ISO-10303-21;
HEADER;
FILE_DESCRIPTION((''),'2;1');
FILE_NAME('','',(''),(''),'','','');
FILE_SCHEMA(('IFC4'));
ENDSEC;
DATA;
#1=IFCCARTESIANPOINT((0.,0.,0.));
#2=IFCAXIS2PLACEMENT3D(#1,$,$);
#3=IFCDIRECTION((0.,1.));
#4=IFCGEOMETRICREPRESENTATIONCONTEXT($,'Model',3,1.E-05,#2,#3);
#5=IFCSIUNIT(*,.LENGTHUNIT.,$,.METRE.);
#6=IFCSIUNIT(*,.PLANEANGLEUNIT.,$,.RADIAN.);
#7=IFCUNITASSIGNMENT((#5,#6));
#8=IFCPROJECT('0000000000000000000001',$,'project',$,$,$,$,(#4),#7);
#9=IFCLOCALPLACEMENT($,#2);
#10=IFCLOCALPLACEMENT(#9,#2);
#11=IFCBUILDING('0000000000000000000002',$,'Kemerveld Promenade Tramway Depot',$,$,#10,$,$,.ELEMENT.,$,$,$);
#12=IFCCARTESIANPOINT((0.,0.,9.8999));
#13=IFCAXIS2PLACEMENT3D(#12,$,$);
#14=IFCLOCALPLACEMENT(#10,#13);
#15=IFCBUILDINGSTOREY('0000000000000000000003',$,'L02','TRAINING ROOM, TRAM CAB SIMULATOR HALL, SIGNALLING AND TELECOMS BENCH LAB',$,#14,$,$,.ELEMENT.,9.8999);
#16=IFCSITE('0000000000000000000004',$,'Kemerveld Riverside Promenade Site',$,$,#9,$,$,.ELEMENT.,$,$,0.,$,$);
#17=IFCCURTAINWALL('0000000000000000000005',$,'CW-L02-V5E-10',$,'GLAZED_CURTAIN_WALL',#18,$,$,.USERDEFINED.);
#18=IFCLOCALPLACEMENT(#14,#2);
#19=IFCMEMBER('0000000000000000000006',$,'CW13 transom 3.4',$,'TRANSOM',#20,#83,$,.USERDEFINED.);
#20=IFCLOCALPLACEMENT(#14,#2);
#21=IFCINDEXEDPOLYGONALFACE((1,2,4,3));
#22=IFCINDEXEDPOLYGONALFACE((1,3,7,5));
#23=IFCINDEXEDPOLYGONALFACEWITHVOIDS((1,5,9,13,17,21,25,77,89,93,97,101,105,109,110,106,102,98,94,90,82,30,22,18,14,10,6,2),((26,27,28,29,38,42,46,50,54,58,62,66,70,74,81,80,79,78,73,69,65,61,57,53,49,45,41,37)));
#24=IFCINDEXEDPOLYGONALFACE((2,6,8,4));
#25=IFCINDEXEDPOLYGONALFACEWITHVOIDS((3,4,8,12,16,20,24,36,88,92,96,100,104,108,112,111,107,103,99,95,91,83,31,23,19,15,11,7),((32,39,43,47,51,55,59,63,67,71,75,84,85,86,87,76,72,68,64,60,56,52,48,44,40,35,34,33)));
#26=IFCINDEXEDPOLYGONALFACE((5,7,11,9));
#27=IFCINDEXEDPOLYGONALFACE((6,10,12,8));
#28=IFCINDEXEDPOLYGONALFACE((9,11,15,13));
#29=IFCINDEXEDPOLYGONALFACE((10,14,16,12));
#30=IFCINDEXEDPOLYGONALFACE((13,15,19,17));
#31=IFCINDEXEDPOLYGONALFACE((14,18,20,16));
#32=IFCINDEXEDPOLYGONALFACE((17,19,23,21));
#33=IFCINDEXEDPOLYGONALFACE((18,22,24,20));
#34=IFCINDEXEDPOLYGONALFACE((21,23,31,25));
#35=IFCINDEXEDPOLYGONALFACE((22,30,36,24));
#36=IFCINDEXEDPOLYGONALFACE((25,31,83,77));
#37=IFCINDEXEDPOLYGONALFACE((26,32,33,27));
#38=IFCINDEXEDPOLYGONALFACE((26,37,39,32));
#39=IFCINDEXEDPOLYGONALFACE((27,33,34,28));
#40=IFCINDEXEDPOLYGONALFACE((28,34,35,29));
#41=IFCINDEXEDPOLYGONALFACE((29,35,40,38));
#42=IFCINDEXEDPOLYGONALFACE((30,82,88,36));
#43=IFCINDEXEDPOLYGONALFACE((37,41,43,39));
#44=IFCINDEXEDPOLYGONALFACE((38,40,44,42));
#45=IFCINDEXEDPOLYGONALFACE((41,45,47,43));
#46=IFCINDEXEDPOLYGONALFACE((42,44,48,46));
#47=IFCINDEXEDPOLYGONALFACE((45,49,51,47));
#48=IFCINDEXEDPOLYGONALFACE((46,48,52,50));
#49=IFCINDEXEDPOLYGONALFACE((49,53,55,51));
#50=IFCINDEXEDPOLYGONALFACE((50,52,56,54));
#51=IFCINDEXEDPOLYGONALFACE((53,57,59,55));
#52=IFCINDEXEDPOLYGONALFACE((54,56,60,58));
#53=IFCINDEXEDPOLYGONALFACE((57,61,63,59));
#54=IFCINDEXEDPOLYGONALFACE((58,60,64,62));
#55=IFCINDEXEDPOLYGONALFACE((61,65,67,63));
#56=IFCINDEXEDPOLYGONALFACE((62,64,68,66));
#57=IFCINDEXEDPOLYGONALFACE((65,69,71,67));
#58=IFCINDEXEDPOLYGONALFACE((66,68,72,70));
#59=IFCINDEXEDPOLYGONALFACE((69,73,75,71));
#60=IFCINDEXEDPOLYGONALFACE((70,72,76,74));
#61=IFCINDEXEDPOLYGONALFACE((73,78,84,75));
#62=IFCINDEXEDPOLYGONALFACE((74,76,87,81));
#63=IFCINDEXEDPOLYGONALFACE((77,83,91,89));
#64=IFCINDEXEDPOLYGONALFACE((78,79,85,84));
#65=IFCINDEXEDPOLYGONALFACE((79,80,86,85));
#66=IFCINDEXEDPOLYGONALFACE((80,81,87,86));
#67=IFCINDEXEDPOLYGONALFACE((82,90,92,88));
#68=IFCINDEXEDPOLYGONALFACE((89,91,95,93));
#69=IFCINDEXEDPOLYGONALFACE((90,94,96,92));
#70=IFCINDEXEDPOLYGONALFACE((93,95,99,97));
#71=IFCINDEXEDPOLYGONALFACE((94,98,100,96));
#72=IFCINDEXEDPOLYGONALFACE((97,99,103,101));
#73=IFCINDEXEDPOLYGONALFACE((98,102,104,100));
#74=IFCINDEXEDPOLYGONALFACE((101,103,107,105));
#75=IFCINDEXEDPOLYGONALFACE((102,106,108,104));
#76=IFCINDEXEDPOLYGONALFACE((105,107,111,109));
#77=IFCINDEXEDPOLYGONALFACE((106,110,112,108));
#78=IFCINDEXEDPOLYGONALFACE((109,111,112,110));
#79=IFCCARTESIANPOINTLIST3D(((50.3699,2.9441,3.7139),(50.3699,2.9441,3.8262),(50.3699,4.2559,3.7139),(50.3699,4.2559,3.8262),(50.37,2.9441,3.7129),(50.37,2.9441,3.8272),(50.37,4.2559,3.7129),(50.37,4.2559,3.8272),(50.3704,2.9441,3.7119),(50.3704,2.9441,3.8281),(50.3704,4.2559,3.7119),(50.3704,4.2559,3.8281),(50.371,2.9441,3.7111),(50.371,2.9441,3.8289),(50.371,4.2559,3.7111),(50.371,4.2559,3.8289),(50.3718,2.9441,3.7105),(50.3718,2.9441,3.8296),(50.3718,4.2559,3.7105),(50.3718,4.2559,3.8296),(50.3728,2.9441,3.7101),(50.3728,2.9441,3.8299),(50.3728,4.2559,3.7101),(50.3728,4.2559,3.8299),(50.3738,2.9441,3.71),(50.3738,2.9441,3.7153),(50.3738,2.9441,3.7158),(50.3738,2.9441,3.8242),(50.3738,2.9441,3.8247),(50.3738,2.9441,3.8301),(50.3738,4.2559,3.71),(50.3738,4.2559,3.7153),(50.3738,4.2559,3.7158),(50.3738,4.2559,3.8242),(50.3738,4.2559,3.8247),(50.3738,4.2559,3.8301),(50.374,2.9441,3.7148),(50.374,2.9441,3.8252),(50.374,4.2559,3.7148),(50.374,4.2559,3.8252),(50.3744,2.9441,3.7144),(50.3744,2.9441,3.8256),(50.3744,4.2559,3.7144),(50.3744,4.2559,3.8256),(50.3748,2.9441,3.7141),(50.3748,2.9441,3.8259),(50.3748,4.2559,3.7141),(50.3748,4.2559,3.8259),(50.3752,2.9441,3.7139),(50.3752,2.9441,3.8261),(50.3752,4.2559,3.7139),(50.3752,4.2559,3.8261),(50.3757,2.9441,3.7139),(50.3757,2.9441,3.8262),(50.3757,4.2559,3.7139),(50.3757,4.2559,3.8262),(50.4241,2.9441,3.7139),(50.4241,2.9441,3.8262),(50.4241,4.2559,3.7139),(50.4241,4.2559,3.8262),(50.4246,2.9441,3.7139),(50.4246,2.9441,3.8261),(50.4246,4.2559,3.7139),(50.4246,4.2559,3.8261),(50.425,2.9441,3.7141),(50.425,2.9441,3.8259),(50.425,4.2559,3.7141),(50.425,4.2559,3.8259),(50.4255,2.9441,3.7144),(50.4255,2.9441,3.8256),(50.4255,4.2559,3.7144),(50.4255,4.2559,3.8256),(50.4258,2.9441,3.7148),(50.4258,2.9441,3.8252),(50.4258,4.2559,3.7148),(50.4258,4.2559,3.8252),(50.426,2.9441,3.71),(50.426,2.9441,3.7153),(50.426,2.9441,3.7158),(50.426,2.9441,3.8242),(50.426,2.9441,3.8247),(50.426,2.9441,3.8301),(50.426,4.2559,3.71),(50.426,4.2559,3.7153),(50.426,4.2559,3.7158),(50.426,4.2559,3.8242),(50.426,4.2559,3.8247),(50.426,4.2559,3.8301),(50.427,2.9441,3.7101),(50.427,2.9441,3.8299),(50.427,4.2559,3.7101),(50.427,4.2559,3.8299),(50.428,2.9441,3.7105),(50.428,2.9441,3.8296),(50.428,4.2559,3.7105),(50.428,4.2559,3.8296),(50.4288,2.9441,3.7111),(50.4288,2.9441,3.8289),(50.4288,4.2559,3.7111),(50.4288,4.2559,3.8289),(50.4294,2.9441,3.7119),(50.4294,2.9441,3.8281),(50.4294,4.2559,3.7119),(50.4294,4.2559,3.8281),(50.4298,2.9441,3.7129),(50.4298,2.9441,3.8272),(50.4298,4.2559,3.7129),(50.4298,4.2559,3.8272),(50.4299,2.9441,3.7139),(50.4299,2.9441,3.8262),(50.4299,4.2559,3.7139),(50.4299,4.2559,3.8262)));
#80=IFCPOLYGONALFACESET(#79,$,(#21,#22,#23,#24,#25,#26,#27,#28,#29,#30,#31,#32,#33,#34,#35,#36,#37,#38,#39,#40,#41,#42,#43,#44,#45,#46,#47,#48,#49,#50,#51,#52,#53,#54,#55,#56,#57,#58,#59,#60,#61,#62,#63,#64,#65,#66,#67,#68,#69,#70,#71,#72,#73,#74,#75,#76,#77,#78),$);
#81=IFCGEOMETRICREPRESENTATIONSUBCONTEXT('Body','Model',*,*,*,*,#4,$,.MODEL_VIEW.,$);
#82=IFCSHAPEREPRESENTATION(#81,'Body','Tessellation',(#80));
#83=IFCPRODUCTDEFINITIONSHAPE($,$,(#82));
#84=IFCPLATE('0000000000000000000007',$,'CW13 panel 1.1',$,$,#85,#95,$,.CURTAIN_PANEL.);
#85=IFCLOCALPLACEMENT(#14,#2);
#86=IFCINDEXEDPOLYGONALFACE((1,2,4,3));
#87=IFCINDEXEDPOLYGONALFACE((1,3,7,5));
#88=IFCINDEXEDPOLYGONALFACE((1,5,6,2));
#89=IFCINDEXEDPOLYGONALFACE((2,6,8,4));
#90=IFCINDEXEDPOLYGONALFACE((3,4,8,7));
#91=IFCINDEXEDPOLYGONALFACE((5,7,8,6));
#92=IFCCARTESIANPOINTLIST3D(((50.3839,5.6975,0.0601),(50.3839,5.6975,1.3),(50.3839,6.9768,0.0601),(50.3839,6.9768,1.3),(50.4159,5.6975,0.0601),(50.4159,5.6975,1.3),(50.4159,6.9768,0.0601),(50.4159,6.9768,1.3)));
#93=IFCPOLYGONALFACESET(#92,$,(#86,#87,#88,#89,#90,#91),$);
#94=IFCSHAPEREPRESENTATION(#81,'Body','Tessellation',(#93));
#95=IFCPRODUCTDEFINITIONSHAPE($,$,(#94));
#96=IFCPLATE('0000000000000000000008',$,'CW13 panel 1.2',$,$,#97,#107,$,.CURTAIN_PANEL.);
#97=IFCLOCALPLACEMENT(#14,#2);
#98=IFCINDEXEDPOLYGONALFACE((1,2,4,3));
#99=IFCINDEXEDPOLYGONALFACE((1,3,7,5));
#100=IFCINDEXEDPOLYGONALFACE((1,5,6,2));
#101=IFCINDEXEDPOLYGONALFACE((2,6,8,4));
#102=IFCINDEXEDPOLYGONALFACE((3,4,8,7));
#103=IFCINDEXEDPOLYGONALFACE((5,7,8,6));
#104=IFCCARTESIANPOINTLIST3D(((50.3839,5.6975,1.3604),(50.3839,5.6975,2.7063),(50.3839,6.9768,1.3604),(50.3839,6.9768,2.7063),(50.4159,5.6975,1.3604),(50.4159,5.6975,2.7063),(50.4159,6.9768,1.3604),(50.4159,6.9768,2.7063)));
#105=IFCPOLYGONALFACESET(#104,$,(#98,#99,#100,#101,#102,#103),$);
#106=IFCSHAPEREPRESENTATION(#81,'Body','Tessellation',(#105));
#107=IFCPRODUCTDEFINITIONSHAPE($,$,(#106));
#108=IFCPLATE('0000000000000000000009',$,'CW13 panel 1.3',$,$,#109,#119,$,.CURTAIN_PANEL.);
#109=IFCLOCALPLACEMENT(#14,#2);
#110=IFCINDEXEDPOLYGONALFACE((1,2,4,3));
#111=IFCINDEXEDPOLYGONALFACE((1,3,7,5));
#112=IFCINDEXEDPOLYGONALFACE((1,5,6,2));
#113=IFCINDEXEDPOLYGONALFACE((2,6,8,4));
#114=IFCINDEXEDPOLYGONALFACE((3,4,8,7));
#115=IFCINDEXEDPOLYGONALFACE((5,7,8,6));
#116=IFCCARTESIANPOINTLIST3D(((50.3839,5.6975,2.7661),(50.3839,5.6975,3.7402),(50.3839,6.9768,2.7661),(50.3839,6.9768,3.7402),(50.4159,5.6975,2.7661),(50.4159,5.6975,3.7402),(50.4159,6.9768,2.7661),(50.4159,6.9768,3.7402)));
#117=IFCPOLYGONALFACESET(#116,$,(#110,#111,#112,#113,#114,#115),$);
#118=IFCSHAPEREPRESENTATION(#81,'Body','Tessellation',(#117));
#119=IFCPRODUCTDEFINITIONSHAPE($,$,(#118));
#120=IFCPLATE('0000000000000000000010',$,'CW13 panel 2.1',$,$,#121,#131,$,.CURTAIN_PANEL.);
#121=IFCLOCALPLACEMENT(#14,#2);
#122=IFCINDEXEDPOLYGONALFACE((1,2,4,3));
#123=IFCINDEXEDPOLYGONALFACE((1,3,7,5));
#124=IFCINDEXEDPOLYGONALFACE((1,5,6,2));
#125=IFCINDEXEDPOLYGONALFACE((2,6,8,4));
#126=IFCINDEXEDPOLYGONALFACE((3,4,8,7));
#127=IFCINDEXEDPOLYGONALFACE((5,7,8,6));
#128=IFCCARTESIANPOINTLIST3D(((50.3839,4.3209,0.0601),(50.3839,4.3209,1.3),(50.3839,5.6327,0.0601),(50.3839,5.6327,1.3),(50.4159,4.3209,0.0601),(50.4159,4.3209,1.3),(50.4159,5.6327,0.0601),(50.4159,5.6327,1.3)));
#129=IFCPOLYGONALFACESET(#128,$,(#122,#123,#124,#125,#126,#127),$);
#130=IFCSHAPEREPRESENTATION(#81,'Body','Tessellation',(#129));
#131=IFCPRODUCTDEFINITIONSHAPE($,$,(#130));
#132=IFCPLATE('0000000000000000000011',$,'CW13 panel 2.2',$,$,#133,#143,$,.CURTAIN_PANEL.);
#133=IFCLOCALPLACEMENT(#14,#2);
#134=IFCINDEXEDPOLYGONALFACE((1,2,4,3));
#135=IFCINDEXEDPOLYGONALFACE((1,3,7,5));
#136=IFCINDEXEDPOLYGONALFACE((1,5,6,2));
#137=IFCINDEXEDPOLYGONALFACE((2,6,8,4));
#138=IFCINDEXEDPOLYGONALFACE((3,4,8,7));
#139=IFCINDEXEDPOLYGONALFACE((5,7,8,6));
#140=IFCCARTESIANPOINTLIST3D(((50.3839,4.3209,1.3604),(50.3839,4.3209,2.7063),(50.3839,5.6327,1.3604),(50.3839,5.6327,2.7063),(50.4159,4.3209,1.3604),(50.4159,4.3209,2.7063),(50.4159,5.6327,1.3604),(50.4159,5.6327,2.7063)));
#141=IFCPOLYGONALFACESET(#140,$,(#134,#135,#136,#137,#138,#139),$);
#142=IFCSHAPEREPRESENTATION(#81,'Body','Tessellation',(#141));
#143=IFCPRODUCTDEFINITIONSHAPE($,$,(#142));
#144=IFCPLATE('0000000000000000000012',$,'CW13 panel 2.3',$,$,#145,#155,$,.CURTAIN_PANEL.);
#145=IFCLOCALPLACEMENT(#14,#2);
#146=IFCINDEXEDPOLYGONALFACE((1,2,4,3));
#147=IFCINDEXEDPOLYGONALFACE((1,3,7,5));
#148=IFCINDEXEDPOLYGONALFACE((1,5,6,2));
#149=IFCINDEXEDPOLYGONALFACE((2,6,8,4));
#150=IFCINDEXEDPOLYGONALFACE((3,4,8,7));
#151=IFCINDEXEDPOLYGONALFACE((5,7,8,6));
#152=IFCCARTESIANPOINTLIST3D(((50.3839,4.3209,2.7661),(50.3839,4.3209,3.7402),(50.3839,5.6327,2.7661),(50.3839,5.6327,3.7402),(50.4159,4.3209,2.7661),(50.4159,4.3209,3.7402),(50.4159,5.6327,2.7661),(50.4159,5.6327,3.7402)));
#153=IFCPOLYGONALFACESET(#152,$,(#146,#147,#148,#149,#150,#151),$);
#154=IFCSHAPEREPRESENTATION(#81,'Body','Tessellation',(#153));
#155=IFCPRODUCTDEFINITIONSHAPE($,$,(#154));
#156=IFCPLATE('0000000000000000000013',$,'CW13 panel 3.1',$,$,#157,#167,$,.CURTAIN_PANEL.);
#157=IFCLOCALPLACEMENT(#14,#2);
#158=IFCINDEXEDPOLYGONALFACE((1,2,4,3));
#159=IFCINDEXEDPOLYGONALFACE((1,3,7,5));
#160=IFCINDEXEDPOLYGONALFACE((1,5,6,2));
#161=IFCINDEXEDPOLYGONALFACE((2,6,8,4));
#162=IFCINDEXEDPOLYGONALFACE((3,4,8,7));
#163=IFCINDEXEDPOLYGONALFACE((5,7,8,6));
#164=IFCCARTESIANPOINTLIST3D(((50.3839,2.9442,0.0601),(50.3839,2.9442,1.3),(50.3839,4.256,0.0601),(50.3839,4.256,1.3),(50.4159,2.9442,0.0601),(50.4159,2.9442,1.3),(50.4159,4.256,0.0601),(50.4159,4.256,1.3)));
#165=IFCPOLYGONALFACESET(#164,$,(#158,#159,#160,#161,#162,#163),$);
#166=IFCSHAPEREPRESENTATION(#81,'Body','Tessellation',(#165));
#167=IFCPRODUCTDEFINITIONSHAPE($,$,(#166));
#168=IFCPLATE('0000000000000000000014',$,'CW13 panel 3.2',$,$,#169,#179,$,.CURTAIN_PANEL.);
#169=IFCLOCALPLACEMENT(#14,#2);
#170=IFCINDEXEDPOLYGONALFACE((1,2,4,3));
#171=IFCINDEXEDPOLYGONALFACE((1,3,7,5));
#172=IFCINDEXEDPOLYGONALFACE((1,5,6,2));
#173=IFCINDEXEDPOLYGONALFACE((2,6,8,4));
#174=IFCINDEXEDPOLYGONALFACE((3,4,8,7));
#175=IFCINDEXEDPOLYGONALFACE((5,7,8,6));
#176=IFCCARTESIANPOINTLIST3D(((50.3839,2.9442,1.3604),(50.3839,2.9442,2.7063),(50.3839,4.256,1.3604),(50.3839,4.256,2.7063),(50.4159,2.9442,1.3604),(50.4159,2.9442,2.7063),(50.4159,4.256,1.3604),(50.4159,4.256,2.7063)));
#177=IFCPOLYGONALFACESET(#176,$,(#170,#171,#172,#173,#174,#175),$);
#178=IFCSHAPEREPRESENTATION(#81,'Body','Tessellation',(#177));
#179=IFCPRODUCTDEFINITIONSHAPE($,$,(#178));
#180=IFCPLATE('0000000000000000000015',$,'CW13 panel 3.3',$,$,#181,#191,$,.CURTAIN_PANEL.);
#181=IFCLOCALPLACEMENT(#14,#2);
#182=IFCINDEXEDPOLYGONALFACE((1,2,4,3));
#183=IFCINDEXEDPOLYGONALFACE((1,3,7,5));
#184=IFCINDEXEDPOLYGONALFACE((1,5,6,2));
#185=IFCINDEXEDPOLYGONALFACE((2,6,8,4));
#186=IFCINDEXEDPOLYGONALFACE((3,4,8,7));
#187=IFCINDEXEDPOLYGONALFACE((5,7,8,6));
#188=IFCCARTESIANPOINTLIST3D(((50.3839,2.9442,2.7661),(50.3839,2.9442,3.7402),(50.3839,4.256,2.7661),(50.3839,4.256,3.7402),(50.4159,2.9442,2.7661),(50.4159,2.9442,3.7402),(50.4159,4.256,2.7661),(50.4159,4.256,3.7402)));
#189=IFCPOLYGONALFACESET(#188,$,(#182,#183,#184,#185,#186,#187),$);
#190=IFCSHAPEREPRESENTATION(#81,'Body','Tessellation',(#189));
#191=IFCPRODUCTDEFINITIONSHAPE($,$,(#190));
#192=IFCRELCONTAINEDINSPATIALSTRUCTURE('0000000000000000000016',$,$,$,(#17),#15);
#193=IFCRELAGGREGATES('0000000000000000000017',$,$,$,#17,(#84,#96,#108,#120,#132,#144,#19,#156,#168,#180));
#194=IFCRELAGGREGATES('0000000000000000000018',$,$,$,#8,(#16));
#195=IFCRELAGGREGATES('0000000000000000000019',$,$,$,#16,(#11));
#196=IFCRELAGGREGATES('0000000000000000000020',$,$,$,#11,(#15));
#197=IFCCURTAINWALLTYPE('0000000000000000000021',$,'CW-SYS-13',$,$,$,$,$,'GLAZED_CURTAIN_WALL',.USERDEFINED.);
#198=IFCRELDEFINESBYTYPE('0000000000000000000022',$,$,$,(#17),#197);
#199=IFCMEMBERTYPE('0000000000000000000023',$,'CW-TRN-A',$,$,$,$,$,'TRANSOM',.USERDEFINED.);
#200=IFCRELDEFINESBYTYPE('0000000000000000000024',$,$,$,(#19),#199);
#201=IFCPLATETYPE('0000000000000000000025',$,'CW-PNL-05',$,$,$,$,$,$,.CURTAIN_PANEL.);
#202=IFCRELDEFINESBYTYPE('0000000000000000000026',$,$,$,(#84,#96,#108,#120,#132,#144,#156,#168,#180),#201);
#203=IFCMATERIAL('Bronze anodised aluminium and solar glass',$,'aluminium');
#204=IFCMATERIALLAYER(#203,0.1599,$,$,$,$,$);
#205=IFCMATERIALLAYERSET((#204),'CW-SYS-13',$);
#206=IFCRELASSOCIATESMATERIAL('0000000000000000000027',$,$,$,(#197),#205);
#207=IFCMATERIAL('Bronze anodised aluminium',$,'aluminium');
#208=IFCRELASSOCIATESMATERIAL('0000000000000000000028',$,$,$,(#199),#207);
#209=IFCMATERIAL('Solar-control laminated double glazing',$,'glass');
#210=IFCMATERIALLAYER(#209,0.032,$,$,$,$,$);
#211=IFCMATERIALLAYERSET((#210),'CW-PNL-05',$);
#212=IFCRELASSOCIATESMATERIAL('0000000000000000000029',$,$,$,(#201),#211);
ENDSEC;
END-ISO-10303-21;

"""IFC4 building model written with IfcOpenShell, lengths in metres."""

from ifc_helpers import new_model, si_unit, direction, frame, origin, origin_2d, place, context, subcontext, project, spatial, rectangle, hollow_rectangle, extrude, material, layer, layer_set, material_profile, profile_set, type_object, element, aggregate, save


model = new_model("IFC4")

# Units and contexts
model_context = context("Model", 3, precision=1e-05, world=origin(), true_north=direction((0.0, 1.0)))
body_context = subcontext(model_context, "Body", "Model", "MODEL_VIEW")
ifc_project = project(units=[si_unit("LENGTHUNIT", "METRE"), si_unit("PLANEANGLEUNIT", "RADIAN")], contexts=[model_context])

# Site, building, storey
site_placement = place(None, origin())
site = spatial("IfcSite", under=ifc_project, at=site_placement, Name="Kemerveld Riverside Promenade Site", CompositionType="ELEMENT", RefElevation=0.0)
building_placement = place(site_placement, origin())
building = spatial("IfcBuilding", under=site, at=building_placement, Name="Kemerveld Promenade Tramway Depot", CompositionType="ELEMENT")
storey_placement = place(building_placement, frame((0.0, 0.0, 9.8999)))
storey = spatial("IfcBuildingStorey", under=building, at=storey_placement, Name="L02", Description="TRAINING ROOM, TRAM CAB SIMULATOR HALL, SIGNALLING AND TELECOMS BENCH LAB", CompositionType="ELEMENT", Elevation=9.8999)

# Curtain wall, member, plates
ifc_material_1 = material(Name="Bronze anodised aluminium and solar glass", Category="aluminium")
ifc_layer_1 = layer(ifc_material_1, 0.1599)
ifc_layer_set_1 = layer_set([ifc_layer_1], Name="CW-SYS-13")
curtain_wall_type = type_object("IfcCurtainWallType", Name="CW-SYS-13", ElementType="GLAZED_CURTAIN_WALL", PredefinedType="USERDEFINED", material=ifc_layer_set_1)
curtain_wall_placement = place(storey_placement, origin())
curtain_wall = element("IfcCurtainWall", 1, at=curtain_wall_placement, inside=storey, type_object=curtain_wall_type, Name="CW-L02-V5E-10", ObjectType="GLAZED_CURTAIN_WALL", PredefinedType="USERDEFINED")
ifc_material_2 = material(Name="Bronze anodised aluminium", Category="aluminium")
ifc_material_profile_1 = material_profile(ifc_material_2, hollow_rectangle(XDim=0.0601, YDim=0.1201, WallThickness=0.0039, InnerFilletRadius=0.002, OuterFilletRadius=0.0039, at=origin_2d()), Name="CW-TRN-120x60")
ifc_profile_set_1 = profile_set([ifc_material_profile_1], Name="Bronze anodised aluminium")
member_type_1 = type_object("IfcMemberType", Name="CW-TRN-A", ElementType="TRANSOM", PredefinedType="USERDEFINED", material=ifc_profile_set_1)
member_1_placement = place(storey_placement, frame((50.3999, 4.2559, 3.77), z_axis=(0.0, -1.0, 0.0), x_axis=(1.0, 0.0, 0.0)))
member_1 = element("IfcMember", 2, at=member_1_placement, type_object=member_type_1, Name="CW13 transom 3.4", ObjectType="TRANSOM", PredefinedType="USERDEFINED", context=body_context, shape_type="SweptSolid", body=[
    extrude(hollow_rectangle(XDim=0.0601, YDim=0.1201, WallThickness=0.0039, InnerFilletRadius=0.002, OuterFilletRadius=0.0039, at=origin_2d()), origin(), (0.0, 0.0, 1.0), 1.3118),
])
ifc_material_3 = material(Name="Solar-control laminated double glazing", Category="glass")
ifc_layer_2 = layer(ifc_material_3, 0.032)
ifc_layer_set_2 = layer_set([ifc_layer_2], Name="CW-PNL-05")
plate_type = type_object("IfcPlateType", Name="CW-PNL-05", PredefinedType="CURTAIN_PANEL", material=ifc_layer_set_2)
plate_1_placement = place(storey_placement, frame((50.3999, 6.3372, 0.0601), z_axis=(0.0, 0.0, 1.0), x_axis=(0.0, -1.0, 0.0)))
plate_1 = element("IfcPlate", 3, at=plate_1_placement, type_object=plate_type, Name="CW13 panel 1.1", PredefinedType="CURTAIN_PANEL", context=body_context, shape_type="SweptSolid", body=[
    extrude(rectangle(XDim=1.2793, YDim=0.032, at=origin_2d()), origin(), (0.0, 0.0, 1.0), 1.24),
])
plate_2_placement = place(storey_placement, frame((50.3999, 6.3372, 1.3604), z_axis=(0.0, 0.0, 1.0), x_axis=(0.0, -1.0, 0.0)))
plate_2 = element("IfcPlate", 4, at=plate_2_placement, type_object=plate_type, Name="CW13 panel 1.2", PredefinedType="CURTAIN_PANEL", context=body_context, shape_type="SweptSolid", body=[
    extrude(rectangle(XDim=1.2793, YDim=0.032, at=origin_2d()), origin(), (0.0, 0.0, 1.0), 1.3459),
])
plate_3_placement = place(storey_placement, frame((50.3999, 6.3372, 2.7661), z_axis=(0.0, 0.0, 1.0), x_axis=(0.0, -1.0, 0.0)))
plate_3 = element("IfcPlate", 5, at=plate_3_placement, type_object=plate_type, Name="CW13 panel 1.3", PredefinedType="CURTAIN_PANEL", context=body_context, shape_type="SweptSolid", body=[
    extrude(rectangle(XDim=1.2793, YDim=0.032, at=origin_2d()), origin(), (0.0, 0.0, 1.0), 0.9741),
])
plate_4_placement = place(storey_placement, frame((50.3999, 4.9768, 0.0601), z_axis=(0.0, 0.0, 1.0), x_axis=(0.0, -1.0, 0.0)))
plate_4 = element("IfcPlate", 6, at=plate_4_placement, type_object=plate_type, Name="CW13 panel 2.1", PredefinedType="CURTAIN_PANEL", context=body_context, shape_type="SweptSolid", body=[
    extrude(rectangle(XDim=1.3118, YDim=0.032, at=origin_2d()), origin(), (0.0, 0.0, 1.0), 1.24),
])
plate_5_placement = place(storey_placement, frame((50.3999, 4.9768, 1.3604), z_axis=(0.0, 0.0, 1.0), x_axis=(0.0, -1.0, 0.0)))
plate_5 = element("IfcPlate", 7, at=plate_5_placement, type_object=plate_type, Name="CW13 panel 2.2", PredefinedType="CURTAIN_PANEL", context=body_context, shape_type="SweptSolid", body=[
    extrude(rectangle(XDim=1.3118, YDim=0.032, at=origin_2d()), origin(), (0.0, 0.0, 1.0), 1.3459),
])
plate_6_placement = place(storey_placement, frame((50.3999, 4.9768, 2.7661), z_axis=(0.0, 0.0, 1.0), x_axis=(0.0, -1.0, 0.0)))
plate_6 = element("IfcPlate", 8, at=plate_6_placement, type_object=plate_type, Name="CW13 panel 2.3", PredefinedType="CURTAIN_PANEL", context=body_context, shape_type="SweptSolid", body=[
    extrude(rectangle(XDim=1.3118, YDim=0.032, at=origin_2d()), origin(), (0.0, 0.0, 1.0), 0.9741),
])
plate_7_placement = place(storey_placement, frame((50.3999, 3.6001, 0.0601), z_axis=(0.0, 0.0, 1.0), x_axis=(0.0, -1.0, 0.0)))
plate_7 = element("IfcPlate", 9, at=plate_7_placement, type_object=plate_type, Name="CW13 panel 3.1", PredefinedType="CURTAIN_PANEL", context=body_context, shape_type="SweptSolid", body=[
    extrude(rectangle(XDim=1.3118, YDim=0.032, at=origin_2d()), origin(), (0.0, 0.0, 1.0), 1.24),
])
plate_8_placement = place(storey_placement, frame((50.3999, 3.6001, 1.3604), z_axis=(0.0, 0.0, 1.0), x_axis=(0.0, -1.0, 0.0)))
plate_8 = element("IfcPlate", 10, at=plate_8_placement, type_object=plate_type, Name="CW13 panel 3.2", PredefinedType="CURTAIN_PANEL", context=body_context, shape_type="SweptSolid", body=[
    extrude(rectangle(XDim=1.3118, YDim=0.032, at=origin_2d()), origin(), (0.0, 0.0, 1.0), 1.3459),
])
plate_9_placement = place(storey_placement, frame((50.3999, 3.6001, 2.7661), z_axis=(0.0, 0.0, 1.0), x_axis=(0.0, -1.0, 0.0)))
plate_9 = element("IfcPlate", 11, at=plate_9_placement, type_object=plate_type, Name="CW13 panel 3.3", PredefinedType="CURTAIN_PANEL", context=body_context, shape_type="SweptSolid", body=[
    extrude(rectangle(XDim=1.3118, YDim=0.032, at=origin_2d()), origin(), (0.0, 0.0, 1.0), 0.9741),
])
aggregate(curtain_wall, [plate_1, plate_2, plate_3, plate_4, plate_5, plate_6, member_1, plate_7, plate_8, plate_9])

save(model, "model.ifc")
